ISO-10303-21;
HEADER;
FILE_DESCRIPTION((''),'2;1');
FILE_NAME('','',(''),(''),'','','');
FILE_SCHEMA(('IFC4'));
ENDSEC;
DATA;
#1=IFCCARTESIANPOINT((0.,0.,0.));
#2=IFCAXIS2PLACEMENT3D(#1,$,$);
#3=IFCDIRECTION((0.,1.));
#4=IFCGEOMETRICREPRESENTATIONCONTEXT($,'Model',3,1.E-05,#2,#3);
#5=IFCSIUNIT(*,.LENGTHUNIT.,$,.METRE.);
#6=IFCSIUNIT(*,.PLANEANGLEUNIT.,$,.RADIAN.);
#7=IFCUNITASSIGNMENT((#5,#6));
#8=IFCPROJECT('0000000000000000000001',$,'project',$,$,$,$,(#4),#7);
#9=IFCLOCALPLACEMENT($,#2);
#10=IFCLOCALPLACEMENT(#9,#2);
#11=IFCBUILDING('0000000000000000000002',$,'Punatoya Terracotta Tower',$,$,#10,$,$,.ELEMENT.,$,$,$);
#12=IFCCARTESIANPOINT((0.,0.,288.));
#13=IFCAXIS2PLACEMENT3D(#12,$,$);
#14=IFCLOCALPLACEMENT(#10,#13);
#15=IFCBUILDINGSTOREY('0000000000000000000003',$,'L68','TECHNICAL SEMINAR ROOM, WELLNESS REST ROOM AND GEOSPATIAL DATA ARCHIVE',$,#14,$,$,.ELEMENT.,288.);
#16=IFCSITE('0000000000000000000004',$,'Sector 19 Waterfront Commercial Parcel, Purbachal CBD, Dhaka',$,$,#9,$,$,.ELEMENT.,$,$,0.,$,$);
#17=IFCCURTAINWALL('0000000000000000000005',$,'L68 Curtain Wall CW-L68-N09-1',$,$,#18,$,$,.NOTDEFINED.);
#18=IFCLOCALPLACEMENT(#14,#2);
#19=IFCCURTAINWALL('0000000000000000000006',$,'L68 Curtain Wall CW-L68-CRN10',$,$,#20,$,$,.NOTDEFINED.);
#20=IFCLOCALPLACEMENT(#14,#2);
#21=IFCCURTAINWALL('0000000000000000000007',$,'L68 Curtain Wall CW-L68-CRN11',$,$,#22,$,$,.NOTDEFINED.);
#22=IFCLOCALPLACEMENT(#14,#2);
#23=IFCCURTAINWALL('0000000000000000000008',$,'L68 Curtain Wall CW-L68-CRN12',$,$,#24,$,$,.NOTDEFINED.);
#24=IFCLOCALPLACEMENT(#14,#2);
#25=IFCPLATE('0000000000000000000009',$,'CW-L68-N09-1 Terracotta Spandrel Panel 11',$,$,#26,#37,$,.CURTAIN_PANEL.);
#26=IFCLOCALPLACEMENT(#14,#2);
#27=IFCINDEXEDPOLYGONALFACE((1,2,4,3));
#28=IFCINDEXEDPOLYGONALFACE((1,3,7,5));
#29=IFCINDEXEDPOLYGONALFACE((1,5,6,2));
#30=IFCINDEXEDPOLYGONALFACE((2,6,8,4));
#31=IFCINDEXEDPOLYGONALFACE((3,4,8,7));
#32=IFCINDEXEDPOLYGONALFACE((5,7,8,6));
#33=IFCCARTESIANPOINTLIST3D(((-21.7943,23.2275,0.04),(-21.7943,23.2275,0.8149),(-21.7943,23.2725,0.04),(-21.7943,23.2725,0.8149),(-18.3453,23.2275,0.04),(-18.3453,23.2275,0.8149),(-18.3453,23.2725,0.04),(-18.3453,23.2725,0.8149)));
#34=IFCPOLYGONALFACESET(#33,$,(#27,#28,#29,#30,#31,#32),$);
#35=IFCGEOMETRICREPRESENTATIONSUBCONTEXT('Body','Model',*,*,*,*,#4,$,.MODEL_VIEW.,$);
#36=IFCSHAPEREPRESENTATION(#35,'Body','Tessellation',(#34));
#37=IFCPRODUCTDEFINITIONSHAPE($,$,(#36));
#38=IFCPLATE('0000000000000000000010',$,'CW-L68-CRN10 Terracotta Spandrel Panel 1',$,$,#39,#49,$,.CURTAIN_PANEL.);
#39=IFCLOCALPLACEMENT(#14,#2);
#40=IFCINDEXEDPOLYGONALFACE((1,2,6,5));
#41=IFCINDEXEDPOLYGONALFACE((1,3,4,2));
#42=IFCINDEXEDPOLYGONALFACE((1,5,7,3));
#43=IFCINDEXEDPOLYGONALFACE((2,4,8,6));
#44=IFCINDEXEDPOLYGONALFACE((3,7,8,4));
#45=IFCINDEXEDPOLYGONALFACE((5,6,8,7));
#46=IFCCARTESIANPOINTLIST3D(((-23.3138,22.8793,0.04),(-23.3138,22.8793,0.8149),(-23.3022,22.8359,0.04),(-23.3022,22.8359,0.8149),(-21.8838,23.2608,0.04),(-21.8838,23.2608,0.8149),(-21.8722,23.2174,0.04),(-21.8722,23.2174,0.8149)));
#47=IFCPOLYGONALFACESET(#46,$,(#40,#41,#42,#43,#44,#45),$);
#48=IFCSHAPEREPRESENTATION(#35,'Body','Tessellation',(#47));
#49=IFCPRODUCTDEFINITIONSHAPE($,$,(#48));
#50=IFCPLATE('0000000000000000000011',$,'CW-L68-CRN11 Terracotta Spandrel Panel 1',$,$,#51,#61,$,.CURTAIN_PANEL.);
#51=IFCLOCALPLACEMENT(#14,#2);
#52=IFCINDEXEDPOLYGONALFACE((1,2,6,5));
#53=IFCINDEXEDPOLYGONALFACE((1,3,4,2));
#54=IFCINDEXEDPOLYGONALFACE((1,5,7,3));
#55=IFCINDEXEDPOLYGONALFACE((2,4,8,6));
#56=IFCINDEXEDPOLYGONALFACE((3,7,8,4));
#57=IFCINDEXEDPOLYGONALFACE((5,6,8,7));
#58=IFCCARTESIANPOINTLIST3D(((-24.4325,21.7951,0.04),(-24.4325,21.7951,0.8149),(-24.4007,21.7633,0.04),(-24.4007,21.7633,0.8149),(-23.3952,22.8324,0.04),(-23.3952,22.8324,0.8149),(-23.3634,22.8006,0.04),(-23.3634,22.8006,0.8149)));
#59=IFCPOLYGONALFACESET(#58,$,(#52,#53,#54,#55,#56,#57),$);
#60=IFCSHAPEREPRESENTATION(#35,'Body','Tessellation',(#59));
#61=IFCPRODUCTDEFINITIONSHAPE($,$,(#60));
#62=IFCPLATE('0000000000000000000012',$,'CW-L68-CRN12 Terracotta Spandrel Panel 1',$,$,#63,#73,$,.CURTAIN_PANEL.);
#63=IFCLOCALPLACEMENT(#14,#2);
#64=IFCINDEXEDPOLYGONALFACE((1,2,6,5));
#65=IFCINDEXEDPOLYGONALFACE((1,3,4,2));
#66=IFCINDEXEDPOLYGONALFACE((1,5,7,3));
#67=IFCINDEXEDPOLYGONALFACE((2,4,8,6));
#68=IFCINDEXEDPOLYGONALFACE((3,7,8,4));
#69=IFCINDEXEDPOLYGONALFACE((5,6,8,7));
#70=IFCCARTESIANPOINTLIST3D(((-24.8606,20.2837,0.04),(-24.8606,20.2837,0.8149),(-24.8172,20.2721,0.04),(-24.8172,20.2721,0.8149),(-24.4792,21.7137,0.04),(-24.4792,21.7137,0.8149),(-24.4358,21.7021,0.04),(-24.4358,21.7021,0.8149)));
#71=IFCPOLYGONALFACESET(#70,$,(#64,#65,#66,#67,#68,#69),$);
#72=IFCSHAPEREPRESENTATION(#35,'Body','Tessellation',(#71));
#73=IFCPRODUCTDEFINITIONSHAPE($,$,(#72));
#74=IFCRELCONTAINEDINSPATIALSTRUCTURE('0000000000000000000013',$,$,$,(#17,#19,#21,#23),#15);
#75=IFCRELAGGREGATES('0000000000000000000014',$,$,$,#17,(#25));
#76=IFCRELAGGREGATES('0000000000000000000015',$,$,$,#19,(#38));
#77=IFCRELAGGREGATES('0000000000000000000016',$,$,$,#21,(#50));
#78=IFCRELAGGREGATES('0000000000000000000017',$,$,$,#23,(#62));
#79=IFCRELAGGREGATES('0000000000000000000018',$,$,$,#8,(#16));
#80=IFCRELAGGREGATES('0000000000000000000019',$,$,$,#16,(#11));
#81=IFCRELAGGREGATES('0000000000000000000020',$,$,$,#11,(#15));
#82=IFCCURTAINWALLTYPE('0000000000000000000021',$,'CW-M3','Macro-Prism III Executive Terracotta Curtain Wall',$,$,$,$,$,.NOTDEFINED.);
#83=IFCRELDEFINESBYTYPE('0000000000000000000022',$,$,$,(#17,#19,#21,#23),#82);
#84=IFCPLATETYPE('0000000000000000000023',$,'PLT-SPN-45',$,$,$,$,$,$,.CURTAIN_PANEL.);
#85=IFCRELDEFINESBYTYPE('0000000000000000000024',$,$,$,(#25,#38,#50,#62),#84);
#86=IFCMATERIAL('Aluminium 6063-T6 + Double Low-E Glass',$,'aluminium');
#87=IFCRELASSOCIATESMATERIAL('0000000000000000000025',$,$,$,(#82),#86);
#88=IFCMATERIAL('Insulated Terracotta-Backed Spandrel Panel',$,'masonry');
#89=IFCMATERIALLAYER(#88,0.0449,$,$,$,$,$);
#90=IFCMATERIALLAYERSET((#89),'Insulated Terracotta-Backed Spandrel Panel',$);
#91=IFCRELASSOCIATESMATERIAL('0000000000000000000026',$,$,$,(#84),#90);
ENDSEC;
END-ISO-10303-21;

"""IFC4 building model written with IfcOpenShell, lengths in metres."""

from ifc_helpers import new_model, si_unit, direction, frame, origin, origin_2d, place, context, subcontext, project, spatial, rectangle, extrude, material, layer, layer_set, type_object, element, aggregate, save


model = new_model("IFC4")

# Units and contexts
model_context = context("Model", 3, precision=1e-05, world=origin(), true_north=direction((0.0, 1.0)))
body_context = subcontext(model_context, "Body", "Model", "MODEL_VIEW")
ifc_project = project(units=[si_unit("LENGTHUNIT", "METRE"), si_unit("PLANEANGLEUNIT", "RADIAN")], contexts=[model_context])

# Site, building, storey
site_placement = place(None, origin())
site = spatial("IfcSite", under=ifc_project, at=site_placement, Name="Sector 19 Waterfront Commercial Parcel, Purbachal CBD, Dhaka", CompositionType="ELEMENT", RefElevation=0.0)
building_placement = place(site_placement, origin())
building = spatial("IfcBuilding", under=site, at=building_placement, Name="Punatoya Terracotta Tower", CompositionType="ELEMENT")
storey_placement = place(building_placement, frame((0.0, 0.0, 288.0)))
storey = spatial("IfcBuildingStorey", under=building, at=storey_placement, Name="L68", Description="TECHNICAL SEMINAR ROOM, WELLNESS REST ROOM AND GEOSPATIAL DATA ARCHIVE", CompositionType="ELEMENT", Elevation=288.0)

# Curtain wall
ifc_material_1 = material(Name="Aluminium 6063-T6 + Double Low-E Glass", Category="aluminium")
curtain_wall_type = type_object("IfcCurtainWallType", Name="CW-M3", Description="Macro-Prism III Executive Terracotta Curtain Wall", PredefinedType="NOTDEFINED", material=ifc_material_1)
curtain_wall_1_placement = place(storey_placement, origin())
curtain_wall_1 = element("IfcCurtainWall", 1, at=curtain_wall_1_placement, inside=storey, type_object=curtain_wall_type, Name="L68 Curtain Wall CW-L68-N09-1", PredefinedType="NOTDEFINED")

# Curtain walls
curtain_wall_2_placement = place(storey_placement, origin())
curtain_wall_2 = element("IfcCurtainWall", 2, at=curtain_wall_2_placement, inside=storey, type_object=curtain_wall_type, Name="L68 Curtain Wall CW-L68-CRN10", PredefinedType="NOTDEFINED")
curtain_wall_3_placement = place(storey_placement, origin())
curtain_wall_3 = element("IfcCurtainWall", 3, at=curtain_wall_3_placement, inside=storey, type_object=curtain_wall_type, Name="L68 Curtain Wall CW-L68-CRN11", PredefinedType="NOTDEFINED")
curtain_wall_4_placement = place(storey_placement, origin())
curtain_wall_4 = element("IfcCurtainWall", 4, at=curtain_wall_4_placement, inside=storey, type_object=curtain_wall_type, Name="L68 Curtain Wall CW-L68-CRN12", PredefinedType="NOTDEFINED")

# Plates
ifc_material_2 = material(Name="Insulated Terracotta-Backed Spandrel Panel", Category="masonry")
ifc_layer_1 = layer(ifc_material_2, 0.0449)
ifc_layer_set_1 = layer_set([ifc_layer_1], Name="Insulated Terracotta-Backed Spandrel Panel")
plate_type_1 = type_object("IfcPlateType", Name="PLT-SPN-45", PredefinedType="CURTAIN_PANEL", material=ifc_layer_set_1)
plate_1_placement = place(storey_placement, frame((-20.0698, 23.25, 0.04), z_axis=(0.0, 0.0, 1.0), x_axis=(-1.0, 0.0, 0.0)))
plate_1 = element("IfcPlate", 5, at=plate_1_placement, type_object=plate_type_1, Name="CW-L68-N09-1 Terracotta Spandrel Panel 11", PredefinedType="CURTAIN_PANEL", context=body_context, shape_type="SweptSolid", body=[
    extrude(rectangle(XDim=3.449, YDim=0.0449, at=origin_2d()), origin(), (0.0, 0.0, 1.0), 0.7749),
])
aggregate(curtain_wall_1, [plate_1])
plate_2_placement = place(storey_placement, frame((-22.593, 23.0483, 0.04), z_axis=(0.0, 0.0, 1.0), x_axis=(-0.966214, -0.257742, 0.0)))
plate_2 = element("IfcPlate", 6, at=plate_2_placement, type_object=plate_type_1, Name="CW-L68-CRN10 Terracotta Spandrel Panel 1", PredefinedType="CURTAIN_PANEL", context=body_context, shape_type="SweptSolid", body=[
    extrude(rectangle(XDim=1.48, YDim=0.0449, at=origin_2d()), origin(), (0.0, 0.0, 1.0), 0.7749),
])
aggregate(curtain_wall_2, [plate_2])
plate_3_placement = place(storey_placement, frame((-23.8979, 22.2979, 0.04), z_axis=(0.0, 0.0, 1.0), x_axis=(-0.707107, -0.707107, 0.0)))
plate_3 = element("IfcPlate", 7, at=plate_3_placement, type_object=plate_type_1, Name="CW-L68-CRN11 Terracotta Spandrel Panel 1", PredefinedType="CURTAIN_PANEL", context=body_context, shape_type="SweptSolid", body=[
    extrude(rectangle(XDim=1.467, YDim=0.0449, at=origin_2d()), origin(), (0.0, 0.0, 1.0), 0.7749),
])
aggregate(curtain_wall_3, [plate_3])
plate_4_placement = place(storey_placement, frame((-24.6482, 20.9929, 0.04), z_axis=(0.0, 0.0, 1.0), x_axis=(-0.257742, -0.966214, 0.0)))
plate_4 = element("IfcPlate", 8, at=plate_4_placement, type_object=plate_type_1, Name="CW-L68-CRN12 Terracotta Spandrel Panel 1", PredefinedType="CURTAIN_PANEL", context=body_context, shape_type="SweptSolid", body=[
    extrude(rectangle(XDim=1.48, YDim=0.0449, at=origin_2d()), origin(), (0.0, 0.0, 1.0), 0.7749),
])
aggregate(curtain_wall_4, [plate_4])

save(model, "model.ifc")
